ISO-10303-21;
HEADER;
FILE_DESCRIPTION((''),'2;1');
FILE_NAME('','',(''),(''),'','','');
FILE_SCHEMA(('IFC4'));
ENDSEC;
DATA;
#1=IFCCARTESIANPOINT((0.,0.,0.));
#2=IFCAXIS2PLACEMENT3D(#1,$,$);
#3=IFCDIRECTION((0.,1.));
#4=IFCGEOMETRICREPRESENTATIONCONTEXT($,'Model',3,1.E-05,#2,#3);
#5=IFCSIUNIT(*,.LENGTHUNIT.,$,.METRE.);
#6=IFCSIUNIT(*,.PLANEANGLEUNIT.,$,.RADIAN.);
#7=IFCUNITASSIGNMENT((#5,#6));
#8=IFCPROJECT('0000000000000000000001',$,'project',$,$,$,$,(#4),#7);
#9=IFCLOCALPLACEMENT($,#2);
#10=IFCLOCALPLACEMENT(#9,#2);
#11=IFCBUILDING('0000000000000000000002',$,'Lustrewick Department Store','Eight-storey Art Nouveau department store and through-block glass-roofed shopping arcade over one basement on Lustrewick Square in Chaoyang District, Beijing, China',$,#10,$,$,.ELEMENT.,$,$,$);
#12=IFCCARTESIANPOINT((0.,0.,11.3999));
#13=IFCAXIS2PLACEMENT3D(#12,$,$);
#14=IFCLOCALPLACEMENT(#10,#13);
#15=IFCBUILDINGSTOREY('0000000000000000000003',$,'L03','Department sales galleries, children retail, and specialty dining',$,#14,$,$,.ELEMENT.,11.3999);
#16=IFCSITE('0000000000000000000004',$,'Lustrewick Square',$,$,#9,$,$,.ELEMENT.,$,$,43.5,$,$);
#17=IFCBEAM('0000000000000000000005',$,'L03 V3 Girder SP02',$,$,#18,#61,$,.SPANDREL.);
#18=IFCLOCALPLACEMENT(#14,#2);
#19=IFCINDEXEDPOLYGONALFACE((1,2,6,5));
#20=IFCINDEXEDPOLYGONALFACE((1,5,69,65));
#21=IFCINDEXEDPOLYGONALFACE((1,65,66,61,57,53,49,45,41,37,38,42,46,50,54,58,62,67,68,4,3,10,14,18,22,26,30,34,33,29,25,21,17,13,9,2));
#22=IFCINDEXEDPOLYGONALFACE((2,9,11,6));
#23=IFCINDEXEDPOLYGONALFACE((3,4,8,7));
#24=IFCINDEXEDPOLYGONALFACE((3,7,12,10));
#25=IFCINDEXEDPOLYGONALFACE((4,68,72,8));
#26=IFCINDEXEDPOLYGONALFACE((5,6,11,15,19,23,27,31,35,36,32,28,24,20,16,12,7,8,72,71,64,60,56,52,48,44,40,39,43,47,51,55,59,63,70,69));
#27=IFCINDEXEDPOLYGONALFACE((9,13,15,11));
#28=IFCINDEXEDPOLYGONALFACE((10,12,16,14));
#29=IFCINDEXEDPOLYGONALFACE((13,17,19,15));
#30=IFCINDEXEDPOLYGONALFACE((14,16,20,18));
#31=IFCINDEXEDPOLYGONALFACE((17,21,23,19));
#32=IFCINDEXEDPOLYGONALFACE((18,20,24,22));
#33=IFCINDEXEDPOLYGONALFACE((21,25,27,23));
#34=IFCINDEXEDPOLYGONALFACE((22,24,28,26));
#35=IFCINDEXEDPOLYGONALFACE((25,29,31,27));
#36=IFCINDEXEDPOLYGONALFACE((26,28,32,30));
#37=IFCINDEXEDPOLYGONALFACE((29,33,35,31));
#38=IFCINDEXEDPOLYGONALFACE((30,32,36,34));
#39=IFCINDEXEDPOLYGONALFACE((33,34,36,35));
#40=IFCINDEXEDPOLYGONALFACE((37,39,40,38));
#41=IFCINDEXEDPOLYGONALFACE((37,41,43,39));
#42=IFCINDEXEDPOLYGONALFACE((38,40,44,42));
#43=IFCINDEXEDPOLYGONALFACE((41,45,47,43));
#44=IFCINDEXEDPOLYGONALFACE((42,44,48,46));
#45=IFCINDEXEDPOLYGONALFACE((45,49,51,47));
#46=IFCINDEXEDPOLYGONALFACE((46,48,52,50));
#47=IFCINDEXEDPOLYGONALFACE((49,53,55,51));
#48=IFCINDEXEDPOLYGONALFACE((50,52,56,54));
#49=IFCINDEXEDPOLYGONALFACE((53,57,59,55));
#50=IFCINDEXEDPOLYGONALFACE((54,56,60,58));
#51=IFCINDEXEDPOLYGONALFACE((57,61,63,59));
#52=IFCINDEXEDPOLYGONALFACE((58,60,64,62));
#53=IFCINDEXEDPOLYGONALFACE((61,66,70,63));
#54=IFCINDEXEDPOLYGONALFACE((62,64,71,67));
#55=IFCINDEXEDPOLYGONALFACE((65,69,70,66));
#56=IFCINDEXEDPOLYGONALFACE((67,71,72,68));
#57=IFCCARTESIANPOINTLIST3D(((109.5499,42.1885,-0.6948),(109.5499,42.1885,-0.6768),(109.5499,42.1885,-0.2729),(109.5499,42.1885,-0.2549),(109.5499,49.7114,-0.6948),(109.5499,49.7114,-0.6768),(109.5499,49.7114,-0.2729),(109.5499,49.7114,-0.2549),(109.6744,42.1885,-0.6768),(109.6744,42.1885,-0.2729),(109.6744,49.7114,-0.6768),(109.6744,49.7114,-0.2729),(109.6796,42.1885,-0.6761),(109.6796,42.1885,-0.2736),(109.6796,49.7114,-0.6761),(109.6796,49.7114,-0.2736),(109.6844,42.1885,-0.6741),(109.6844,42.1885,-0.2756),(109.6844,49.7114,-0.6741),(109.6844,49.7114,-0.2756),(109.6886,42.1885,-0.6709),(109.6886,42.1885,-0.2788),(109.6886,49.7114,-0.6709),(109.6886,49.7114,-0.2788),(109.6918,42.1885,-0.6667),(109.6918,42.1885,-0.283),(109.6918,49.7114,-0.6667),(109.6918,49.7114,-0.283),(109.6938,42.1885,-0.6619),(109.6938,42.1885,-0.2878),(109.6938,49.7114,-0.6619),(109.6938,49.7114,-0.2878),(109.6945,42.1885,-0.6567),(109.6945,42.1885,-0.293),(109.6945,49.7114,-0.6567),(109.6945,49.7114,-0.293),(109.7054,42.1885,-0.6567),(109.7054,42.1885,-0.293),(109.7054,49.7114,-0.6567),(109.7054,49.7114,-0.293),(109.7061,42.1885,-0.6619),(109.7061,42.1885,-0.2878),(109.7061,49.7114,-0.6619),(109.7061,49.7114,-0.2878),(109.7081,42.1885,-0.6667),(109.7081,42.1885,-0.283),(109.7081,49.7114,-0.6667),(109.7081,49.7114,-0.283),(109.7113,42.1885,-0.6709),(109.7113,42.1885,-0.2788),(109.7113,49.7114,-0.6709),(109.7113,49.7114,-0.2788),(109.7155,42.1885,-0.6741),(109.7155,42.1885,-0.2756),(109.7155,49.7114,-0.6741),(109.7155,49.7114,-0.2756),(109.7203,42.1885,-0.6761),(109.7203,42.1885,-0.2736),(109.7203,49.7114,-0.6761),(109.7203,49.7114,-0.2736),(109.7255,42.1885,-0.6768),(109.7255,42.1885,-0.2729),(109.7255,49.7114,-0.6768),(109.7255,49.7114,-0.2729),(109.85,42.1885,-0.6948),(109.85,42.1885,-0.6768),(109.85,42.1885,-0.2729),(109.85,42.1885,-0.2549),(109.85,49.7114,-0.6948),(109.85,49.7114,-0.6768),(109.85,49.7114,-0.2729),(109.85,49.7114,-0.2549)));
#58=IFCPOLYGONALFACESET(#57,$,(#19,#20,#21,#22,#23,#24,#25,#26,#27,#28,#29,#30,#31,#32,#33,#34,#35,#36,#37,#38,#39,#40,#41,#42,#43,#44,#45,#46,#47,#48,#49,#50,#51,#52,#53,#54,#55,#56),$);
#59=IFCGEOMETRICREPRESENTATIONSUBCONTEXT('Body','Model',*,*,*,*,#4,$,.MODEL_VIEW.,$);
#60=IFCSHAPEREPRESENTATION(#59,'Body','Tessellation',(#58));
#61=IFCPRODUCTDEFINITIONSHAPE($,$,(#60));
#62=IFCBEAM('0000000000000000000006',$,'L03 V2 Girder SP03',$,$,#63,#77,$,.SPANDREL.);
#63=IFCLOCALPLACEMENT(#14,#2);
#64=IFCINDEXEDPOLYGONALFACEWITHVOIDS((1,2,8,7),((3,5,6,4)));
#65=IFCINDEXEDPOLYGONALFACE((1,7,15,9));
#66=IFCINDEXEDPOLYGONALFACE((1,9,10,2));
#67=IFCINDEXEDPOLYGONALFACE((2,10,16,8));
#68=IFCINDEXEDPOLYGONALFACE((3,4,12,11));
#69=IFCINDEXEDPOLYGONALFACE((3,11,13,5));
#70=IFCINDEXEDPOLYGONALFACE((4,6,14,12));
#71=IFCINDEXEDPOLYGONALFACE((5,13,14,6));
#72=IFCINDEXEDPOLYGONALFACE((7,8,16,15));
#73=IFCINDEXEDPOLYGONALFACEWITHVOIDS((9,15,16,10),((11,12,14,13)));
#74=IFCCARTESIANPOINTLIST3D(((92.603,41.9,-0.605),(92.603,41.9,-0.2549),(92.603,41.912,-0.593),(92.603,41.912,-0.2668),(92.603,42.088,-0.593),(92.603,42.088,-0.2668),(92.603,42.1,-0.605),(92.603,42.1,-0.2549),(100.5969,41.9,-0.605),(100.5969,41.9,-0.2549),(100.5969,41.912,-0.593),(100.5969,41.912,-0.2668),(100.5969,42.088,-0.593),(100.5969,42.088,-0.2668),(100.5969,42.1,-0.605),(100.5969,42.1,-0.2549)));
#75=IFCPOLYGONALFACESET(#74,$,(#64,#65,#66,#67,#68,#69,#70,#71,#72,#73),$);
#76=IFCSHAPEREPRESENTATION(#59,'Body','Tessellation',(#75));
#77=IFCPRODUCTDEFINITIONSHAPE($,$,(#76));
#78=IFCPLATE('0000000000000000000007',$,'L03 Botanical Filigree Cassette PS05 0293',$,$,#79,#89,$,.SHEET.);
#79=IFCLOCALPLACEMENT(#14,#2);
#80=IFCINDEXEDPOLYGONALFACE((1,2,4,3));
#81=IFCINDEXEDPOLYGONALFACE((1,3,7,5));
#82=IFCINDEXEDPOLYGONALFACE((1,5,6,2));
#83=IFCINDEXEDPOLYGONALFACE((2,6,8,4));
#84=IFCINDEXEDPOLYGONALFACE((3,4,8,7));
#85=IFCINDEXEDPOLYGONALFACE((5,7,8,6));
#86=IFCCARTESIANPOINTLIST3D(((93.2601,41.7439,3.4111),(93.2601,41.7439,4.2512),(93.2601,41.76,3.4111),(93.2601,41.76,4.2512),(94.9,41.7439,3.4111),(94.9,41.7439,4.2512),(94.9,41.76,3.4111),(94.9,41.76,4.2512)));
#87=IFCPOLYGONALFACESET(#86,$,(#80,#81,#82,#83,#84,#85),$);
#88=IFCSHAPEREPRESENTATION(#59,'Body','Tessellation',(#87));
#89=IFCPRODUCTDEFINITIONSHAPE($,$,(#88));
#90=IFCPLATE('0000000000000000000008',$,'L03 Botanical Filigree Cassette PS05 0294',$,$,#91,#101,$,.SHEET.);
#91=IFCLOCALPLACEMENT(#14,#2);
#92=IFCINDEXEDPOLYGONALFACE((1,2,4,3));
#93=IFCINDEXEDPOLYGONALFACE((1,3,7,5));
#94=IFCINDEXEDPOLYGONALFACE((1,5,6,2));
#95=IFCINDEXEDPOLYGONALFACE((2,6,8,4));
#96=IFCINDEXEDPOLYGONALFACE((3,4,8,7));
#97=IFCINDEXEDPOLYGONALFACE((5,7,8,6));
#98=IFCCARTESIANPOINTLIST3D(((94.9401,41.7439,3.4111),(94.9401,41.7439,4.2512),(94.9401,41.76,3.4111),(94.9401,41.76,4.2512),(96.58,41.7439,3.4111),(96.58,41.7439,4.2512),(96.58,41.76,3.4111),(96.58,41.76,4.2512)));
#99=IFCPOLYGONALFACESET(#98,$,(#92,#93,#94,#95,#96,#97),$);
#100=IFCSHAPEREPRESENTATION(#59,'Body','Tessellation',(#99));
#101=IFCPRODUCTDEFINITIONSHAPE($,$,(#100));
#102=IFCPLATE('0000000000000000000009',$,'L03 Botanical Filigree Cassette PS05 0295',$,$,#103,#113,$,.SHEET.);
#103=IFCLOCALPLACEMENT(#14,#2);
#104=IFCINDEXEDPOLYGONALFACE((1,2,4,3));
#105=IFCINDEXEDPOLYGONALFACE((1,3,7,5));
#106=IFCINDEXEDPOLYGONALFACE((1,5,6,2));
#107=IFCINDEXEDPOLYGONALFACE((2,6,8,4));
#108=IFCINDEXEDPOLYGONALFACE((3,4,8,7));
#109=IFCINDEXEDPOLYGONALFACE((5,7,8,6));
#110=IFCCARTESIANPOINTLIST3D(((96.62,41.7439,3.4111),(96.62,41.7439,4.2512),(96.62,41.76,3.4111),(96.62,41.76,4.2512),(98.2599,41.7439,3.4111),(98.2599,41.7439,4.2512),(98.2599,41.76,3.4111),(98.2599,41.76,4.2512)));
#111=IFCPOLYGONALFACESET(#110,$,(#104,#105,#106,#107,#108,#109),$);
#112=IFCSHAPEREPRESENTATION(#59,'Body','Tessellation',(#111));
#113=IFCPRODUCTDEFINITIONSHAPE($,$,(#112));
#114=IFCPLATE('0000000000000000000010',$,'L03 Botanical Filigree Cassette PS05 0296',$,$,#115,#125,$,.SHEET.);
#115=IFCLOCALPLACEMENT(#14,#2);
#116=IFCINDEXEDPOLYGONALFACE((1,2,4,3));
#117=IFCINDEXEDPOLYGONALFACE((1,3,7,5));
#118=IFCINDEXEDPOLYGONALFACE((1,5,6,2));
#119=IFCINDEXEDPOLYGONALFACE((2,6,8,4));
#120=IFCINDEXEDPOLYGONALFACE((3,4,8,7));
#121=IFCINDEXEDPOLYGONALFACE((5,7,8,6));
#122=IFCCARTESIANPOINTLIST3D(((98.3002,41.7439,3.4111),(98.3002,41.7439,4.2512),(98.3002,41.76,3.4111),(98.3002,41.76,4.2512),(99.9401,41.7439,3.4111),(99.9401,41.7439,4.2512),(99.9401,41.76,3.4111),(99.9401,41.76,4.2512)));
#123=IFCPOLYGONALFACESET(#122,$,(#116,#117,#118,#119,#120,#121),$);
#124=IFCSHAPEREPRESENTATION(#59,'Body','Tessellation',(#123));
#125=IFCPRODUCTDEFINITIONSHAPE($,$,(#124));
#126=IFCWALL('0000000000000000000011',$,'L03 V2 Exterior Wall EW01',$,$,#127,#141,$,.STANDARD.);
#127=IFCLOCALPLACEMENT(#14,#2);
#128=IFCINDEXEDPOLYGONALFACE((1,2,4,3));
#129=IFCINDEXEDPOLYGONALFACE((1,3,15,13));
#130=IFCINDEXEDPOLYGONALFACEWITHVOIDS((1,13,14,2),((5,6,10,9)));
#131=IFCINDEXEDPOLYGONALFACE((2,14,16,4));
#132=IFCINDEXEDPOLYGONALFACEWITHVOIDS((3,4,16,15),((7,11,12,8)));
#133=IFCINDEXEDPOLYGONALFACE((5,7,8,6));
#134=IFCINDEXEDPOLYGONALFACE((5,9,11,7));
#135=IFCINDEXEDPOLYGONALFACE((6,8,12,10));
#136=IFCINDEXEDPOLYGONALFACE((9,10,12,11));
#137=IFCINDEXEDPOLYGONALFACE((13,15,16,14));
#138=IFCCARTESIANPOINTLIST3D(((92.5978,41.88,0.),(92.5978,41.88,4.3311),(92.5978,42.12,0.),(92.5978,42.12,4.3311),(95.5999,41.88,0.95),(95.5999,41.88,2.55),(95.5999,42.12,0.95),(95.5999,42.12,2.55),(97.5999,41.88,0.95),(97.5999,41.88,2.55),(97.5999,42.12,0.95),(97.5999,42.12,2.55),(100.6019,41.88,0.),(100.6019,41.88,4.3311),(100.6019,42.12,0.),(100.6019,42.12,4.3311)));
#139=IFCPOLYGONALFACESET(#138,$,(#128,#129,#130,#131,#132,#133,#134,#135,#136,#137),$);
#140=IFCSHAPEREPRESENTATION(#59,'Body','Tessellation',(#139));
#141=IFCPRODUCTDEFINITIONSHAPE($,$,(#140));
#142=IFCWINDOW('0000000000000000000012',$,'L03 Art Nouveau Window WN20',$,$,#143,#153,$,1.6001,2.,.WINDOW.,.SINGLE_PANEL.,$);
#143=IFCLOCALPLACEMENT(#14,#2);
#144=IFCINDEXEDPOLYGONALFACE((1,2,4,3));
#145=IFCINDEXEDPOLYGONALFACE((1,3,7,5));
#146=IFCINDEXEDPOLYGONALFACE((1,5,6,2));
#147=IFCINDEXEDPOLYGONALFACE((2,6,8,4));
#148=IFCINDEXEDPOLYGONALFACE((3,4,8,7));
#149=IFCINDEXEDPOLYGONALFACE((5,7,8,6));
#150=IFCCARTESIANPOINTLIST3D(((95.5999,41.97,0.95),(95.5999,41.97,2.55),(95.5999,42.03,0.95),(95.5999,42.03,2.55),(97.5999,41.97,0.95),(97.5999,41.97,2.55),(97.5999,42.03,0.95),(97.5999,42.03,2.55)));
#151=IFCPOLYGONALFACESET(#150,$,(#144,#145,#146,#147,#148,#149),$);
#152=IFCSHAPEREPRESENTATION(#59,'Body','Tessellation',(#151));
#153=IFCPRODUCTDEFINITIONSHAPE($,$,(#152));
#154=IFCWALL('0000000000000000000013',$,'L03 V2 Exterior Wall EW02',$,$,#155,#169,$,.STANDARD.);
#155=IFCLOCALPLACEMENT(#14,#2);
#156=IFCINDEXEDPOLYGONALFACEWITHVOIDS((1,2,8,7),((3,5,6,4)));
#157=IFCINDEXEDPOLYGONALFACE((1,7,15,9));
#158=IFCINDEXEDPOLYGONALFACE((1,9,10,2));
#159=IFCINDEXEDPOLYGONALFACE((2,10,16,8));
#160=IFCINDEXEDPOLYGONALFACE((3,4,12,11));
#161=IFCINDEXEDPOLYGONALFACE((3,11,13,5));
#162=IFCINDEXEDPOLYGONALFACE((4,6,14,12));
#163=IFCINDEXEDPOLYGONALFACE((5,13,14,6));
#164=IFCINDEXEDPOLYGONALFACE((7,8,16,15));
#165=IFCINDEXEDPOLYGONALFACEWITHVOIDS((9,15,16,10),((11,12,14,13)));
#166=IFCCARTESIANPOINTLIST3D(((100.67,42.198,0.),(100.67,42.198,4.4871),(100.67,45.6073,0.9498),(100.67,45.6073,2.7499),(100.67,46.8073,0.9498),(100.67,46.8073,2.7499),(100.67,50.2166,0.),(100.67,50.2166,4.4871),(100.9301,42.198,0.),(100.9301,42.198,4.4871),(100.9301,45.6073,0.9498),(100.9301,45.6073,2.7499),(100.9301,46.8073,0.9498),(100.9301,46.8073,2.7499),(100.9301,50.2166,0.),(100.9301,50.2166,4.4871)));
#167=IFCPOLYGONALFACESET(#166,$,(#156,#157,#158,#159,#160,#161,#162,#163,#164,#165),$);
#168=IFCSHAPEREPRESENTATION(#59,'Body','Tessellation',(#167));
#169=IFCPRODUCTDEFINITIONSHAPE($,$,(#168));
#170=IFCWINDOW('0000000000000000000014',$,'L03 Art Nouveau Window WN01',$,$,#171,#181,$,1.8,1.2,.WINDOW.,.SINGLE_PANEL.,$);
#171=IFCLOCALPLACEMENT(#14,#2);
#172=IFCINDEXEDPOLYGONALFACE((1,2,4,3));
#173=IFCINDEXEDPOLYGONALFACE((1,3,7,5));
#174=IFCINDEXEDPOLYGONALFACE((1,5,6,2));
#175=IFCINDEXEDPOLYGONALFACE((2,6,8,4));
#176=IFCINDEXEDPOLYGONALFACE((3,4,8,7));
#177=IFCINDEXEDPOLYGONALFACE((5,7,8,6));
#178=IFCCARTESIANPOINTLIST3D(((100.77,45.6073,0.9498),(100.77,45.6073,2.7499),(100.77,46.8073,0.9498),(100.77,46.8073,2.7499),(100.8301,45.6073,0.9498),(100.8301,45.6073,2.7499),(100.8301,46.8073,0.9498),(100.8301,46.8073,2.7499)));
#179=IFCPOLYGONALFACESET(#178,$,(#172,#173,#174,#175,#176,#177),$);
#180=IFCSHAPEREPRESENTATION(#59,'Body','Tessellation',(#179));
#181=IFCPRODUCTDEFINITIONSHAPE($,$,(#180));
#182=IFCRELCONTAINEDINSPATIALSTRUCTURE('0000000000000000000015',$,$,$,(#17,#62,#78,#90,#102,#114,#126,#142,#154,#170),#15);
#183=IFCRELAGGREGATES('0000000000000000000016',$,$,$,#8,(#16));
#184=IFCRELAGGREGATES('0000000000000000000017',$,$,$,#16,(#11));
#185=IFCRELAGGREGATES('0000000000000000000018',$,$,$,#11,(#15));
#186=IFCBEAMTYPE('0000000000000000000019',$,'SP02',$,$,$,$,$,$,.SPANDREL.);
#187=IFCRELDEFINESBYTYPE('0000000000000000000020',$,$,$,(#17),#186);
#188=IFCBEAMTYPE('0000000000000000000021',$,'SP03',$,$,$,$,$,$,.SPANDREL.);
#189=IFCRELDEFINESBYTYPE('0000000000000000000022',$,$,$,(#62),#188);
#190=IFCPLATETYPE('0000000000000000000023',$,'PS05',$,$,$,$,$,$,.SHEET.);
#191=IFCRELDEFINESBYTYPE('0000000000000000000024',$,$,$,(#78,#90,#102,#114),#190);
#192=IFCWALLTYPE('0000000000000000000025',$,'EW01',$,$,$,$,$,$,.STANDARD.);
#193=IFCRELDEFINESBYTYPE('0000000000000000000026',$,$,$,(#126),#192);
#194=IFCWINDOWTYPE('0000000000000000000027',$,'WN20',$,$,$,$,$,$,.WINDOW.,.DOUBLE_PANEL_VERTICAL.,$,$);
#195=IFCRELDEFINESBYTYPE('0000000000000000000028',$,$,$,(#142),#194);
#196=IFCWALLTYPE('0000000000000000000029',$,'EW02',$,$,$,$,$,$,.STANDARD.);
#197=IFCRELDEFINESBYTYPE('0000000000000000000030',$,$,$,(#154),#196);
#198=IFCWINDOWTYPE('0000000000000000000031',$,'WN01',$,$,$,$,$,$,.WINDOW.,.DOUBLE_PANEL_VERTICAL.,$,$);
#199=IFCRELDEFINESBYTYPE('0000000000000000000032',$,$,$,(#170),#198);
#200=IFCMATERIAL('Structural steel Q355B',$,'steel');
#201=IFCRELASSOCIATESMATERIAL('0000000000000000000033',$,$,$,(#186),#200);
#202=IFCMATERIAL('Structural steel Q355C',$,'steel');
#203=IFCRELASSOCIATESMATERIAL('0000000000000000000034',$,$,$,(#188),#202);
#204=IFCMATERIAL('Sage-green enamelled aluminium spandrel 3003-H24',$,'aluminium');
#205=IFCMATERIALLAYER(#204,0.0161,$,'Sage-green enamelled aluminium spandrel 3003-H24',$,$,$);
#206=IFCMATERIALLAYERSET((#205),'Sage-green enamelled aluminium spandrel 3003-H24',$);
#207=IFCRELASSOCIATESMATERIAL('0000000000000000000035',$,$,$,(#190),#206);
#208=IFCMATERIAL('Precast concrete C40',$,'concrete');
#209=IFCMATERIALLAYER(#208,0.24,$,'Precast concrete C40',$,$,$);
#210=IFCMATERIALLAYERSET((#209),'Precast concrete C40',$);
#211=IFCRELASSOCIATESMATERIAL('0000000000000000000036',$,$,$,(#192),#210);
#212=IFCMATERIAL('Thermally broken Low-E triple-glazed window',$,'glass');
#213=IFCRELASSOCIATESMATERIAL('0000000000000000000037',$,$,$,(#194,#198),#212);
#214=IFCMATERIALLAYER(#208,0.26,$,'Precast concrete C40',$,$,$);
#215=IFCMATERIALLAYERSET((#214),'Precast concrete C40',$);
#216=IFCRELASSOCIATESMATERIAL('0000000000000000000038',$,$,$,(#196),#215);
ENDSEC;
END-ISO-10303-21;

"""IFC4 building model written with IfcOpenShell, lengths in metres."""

from ifc_helpers import new_model, si_unit, direction, frame, frame_2d, origin, origin_2d, place, context, subcontext, project, spatial, rectangle, hollow_rectangle, i_section, extrude, material, layer, layer_set, material_profile, profile_set, type_object, element, fill, save


model = new_model("IFC4")

# Units and contexts
model_context = context("Model", 3, precision=1e-05, world=origin(), true_north=direction((0.0, 1.0)))
body_context = subcontext(model_context, "Body", "Model", "MODEL_VIEW")
ifc_project = project(units=[si_unit("LENGTHUNIT", "METRE"), si_unit("PLANEANGLEUNIT", "RADIAN")], contexts=[model_context])

# Site, building, storey
site_placement = place(None, origin())
site = spatial("IfcSite", under=ifc_project, at=site_placement, Name="Lustrewick Square", CompositionType="ELEMENT", RefElevation=43.5)
building_placement = place(site_placement, origin())
building = spatial("IfcBuilding", under=site, at=building_placement, Name="Lustrewick Department Store", Description="Eight-storey Art Nouveau department store and through-block glass-roofed shopping arcade over one basement on Lustrewick Square in Chaoyang District, Beijing, China", CompositionType="ELEMENT")
storey_placement = place(building_placement, frame((0.0, 0.0, 11.3999)))
storey = spatial("IfcBuildingStorey", under=building, at=storey_placement, Name="L03", Description="Department sales galleries, children retail, and specialty dining", CompositionType="ELEMENT", Elevation=11.3999)

# Shared definitions
ifc_material_1 = material(Name="Structural steel Q355B", Category="steel")
ifc_material_2 = material(Name="Structural steel Q355C", Category="steel")

# Beams
ifc_material_profile_1 = material_profile(ifc_material_1, i_section(OverallWidth=0.3, OverallDepth=0.4399, WebThickness=0.011, FlangeThickness=0.0181, FilletRadius=0.02, at=origin_2d()), Name="HM 440x300x11x18")
ifc_profile_set_1 = profile_set([ifc_material_profile_1], Name="Structural steel Q355B")
beam_type_1 = type_object("IfcBeamType", Name="SP02", PredefinedType="SPANDREL", material=ifc_profile_set_1)
beam_1_placement = place(storey_placement, frame((109.7, 42.1885, -0.4749), z_axis=(0.0, 1.0, 0.0), x_axis=(-1.0, 0.0, 0.0)))
element("IfcBeam", 1, at=beam_1_placement, inside=storey, type_object=beam_type_1, Name="L03 V3 Girder SP02", PredefinedType="SPANDREL", context=body_context, shape_type="SweptSolid", body=[
    extrude(i_section(OverallWidth=0.3, OverallDepth=0.4399, WebThickness=0.011, FlangeThickness=0.0181, FilletRadius=0.02, at=origin_2d()), origin(), (0.0, 0.0, 1.0), 7.5229),
])
ifc_material_profile_2 = material_profile(ifc_material_2, hollow_rectangle(XDim=0.2, YDim=0.3501, WallThickness=0.012, at=origin_2d()), Name="RHS 350x200x12")
ifc_profile_set_2 = profile_set([ifc_material_profile_2], Name="Structural steel Q355C")
beam_type_2 = type_object("IfcBeamType", Name="SP03", PredefinedType="SPANDREL", material=ifc_profile_set_2)
beam_2_placement = place(storey_placement, frame((92.603, 42.0, -0.4299), z_axis=(1.0, 0.0, 0.0), x_axis=(0.0, 1.0, 0.0)))
element("IfcBeam", 2, at=beam_2_placement, inside=storey, type_object=beam_type_2, Name="L03 V2 Girder SP03", PredefinedType="SPANDREL", context=body_context, shape_type="SweptSolid", body=[
    extrude(hollow_rectangle(XDim=0.2, YDim=0.3501, WallThickness=0.012, at=origin_2d()), origin(), (0.0, 0.0, 1.0), 7.9939),
])

# Plates
ifc_material_3 = material(Name="Sage-green enamelled aluminium spandrel 3003-H24", Category="aluminium")
ifc_layer_1 = layer(ifc_material_3, 0.0161, Name="Sage-green enamelled aluminium spandrel 3003-H24")
ifc_layer_set_1 = layer_set([ifc_layer_1], Name="Sage-green enamelled aluminium spandrel 3003-H24")
plate_type = type_object("IfcPlateType", Name="PS05", PredefinedType="SHEET", material=ifc_layer_set_1)
for number, where, z_axis, x_axis, name in (
    (3, (94.0801, 41.752, 3.4111), (0.0, 0.0, 1.0), (1.0, 0.0, 0.0), "L03 Botanical Filigree Cassette PS05 0293"),
    (4, (95.76, 41.752, 3.4111), (0.0, 0.0, 1.0), (1.0, 0.0, 0.0), "L03 Botanical Filigree Cassette PS05 0294"),
    (5, (97.4399, 41.752, 3.4111), (0.0, 0.0, 1.0), (1.0, 0.0, 0.0), "L03 Botanical Filigree Cassette PS05 0295"),
    (6, (99.1201, 41.752, 3.4111), (0.0, 0.0, 1.0), (1.0, 0.0, 0.0), "L03 Botanical Filigree Cassette PS05 0296"),
):
    element("IfcPlate", number, at=place(storey_placement, frame(where, z_axis=z_axis, x_axis=x_axis)), inside=storey, type_object=plate_type, Name=name, PredefinedType="SHEET", context=body_context, shape_type="SweptSolid", body=[
        extrude(rectangle(XDim=1.6399, YDim=0.0161, at=origin_2d()), origin(), (0.0, 0.0, 1.0), 0.8401),
    ])

# Walls, openings, windows
ifc_material_4 = material(Name="Precast concrete C40", Category="concrete")
ifc_layer_2 = layer(ifc_material_4, 0.24, Name="Precast concrete C40")
ifc_layer_set_2 = layer_set([ifc_layer_2], Name="Precast concrete C40")
wall_type_1 = type_object("IfcWallType", Name="EW01", PredefinedType="STANDARD", material=ifc_layer_set_2)
wall_1_placement = place(storey_placement, frame((92.5979, 42.0, 0.0), z_axis=(0.0, 0.0, 1.0), x_axis=(1.0, 0.0, 0.0)))
wall_1 = element("IfcWall", 7, at=wall_1_placement, inside=storey, type_object=wall_type_1, Name="L03 V2 Exterior Wall EW01", PredefinedType="STANDARD", context=body_context, shape_type="SweptSolid", body=[
    extrude(rectangle(XDim=8.0042, YDim=0.24, at=frame_2d((4.002, 0.0))), origin(), (0.0, 0.0, 1.0), 4.3311),
])
opening_1_placement = place(wall_1_placement, frame((3.002, 0.0, 0.95)))
opening_1 = element("IfcOpeningElement", 8, at=opening_1_placement, cuts=wall_1, PredefinedType="OPENING", context=body_context, shape_type="SweptSolid", body=[
    extrude(rectangle(XDim=2.0, YDim=1.6001, at=frame_2d((1.0, 0.8))), frame((0.0, 0.1299, 0.0), z_axis=(0.0, -1.0, 0.0), x_axis=(1.0, 0.0, 0.0)), (0.0, 0.0, 1.0), 0.26),
])
ifc_material_5 = material(Name="Thermally broken Low-E triple-glazed window", Category="glass")
window_type_1 = type_object("IfcWindowType", Name="WN20", PartitioningType="DOUBLE_PANEL_VERTICAL", PredefinedType="WINDOW", material=ifc_material_5)
window_1_placement = place(opening_1_placement, origin())
window_1 = element("IfcWindow", 9, at=window_1_placement, inside=storey, type_object=window_type_1, Name="L03 Art Nouveau Window WN20", OverallHeight=1.6001, OverallWidth=2.0, PartitioningType="SINGLE_PANEL", PredefinedType="WINDOW", context=body_context, shape_type="SweptSolid", body=[
    extrude(rectangle(XDim=2.0, YDim=1.6001, at=frame_2d((1.0, 0.8))), frame((0.0, 0.03, 0.0), z_axis=(0.0, -1.0, 0.0), x_axis=(1.0, 0.0, 0.0)), (0.0, 0.0, 1.0), 0.0601),
])
fill(opening_1, window_1)
ifc_layer_3 = layer(ifc_material_4, 0.26, Name="Precast concrete C40")
ifc_layer_set_3 = layer_set([ifc_layer_3], Name="Precast concrete C40")
wall_type_2 = type_object("IfcWallType", Name="EW02", PredefinedType="STANDARD", material=ifc_layer_set_3)
wall_2_placement = place(storey_placement, frame((100.8, 42.198, 0.0), z_axis=(0.0, 0.0, 1.0), x_axis=(0.0, 1.0, 0.0)))
wall_2 = element("IfcWall", 10, at=wall_2_placement, inside=storey, type_object=wall_type_2, Name="L03 V2 Exterior Wall EW02", PredefinedType="STANDARD", context=body_context, shape_type="SweptSolid", body=[
    extrude(rectangle(XDim=8.0186, YDim=0.26, at=frame_2d((4.0093, 0.0))), origin(), (0.0, 0.0, 1.0), 4.4871),
])
opening_2_placement = place(wall_2_placement, frame((3.4092, 0.0, 0.95)))
opening_2 = element("IfcOpeningElement", 11, at=opening_2_placement, cuts=wall_2, PredefinedType="OPENING", context=body_context, shape_type="SweptSolid", body=[
    extrude(rectangle(XDim=1.2, YDim=1.8, at=frame_2d((0.6001, 0.8999))), frame((0.0, 0.1401, 0.0), z_axis=(0.0, -1.0, 0.0), x_axis=(1.0, 0.0, 0.0)), (0.0, 0.0, 1.0), 0.28),
])
window_type_2 = type_object("IfcWindowType", Name="WN01", PartitioningType="DOUBLE_PANEL_VERTICAL", PredefinedType="WINDOW", material=ifc_material_5)
window_2_placement = place(opening_2_placement, origin())
window_2 = element("IfcWindow", 12, at=window_2_placement, inside=storey, type_object=window_type_2, Name="L03 Art Nouveau Window WN01", OverallHeight=1.8, OverallWidth=1.2, PartitioningType="SINGLE_PANEL", PredefinedType="WINDOW", context=body_context, shape_type="SweptSolid", body=[
    extrude(rectangle(XDim=1.2, YDim=1.8, at=frame_2d((0.6001, 0.8999))), frame((0.0, 0.03, 0.0), z_axis=(0.0, -1.0, 0.0), x_axis=(1.0, 0.0, 0.0)), (0.0, 0.0, 1.0), 0.0601),
])
fill(opening_2, window_2)

save(model, "model.ifc")
